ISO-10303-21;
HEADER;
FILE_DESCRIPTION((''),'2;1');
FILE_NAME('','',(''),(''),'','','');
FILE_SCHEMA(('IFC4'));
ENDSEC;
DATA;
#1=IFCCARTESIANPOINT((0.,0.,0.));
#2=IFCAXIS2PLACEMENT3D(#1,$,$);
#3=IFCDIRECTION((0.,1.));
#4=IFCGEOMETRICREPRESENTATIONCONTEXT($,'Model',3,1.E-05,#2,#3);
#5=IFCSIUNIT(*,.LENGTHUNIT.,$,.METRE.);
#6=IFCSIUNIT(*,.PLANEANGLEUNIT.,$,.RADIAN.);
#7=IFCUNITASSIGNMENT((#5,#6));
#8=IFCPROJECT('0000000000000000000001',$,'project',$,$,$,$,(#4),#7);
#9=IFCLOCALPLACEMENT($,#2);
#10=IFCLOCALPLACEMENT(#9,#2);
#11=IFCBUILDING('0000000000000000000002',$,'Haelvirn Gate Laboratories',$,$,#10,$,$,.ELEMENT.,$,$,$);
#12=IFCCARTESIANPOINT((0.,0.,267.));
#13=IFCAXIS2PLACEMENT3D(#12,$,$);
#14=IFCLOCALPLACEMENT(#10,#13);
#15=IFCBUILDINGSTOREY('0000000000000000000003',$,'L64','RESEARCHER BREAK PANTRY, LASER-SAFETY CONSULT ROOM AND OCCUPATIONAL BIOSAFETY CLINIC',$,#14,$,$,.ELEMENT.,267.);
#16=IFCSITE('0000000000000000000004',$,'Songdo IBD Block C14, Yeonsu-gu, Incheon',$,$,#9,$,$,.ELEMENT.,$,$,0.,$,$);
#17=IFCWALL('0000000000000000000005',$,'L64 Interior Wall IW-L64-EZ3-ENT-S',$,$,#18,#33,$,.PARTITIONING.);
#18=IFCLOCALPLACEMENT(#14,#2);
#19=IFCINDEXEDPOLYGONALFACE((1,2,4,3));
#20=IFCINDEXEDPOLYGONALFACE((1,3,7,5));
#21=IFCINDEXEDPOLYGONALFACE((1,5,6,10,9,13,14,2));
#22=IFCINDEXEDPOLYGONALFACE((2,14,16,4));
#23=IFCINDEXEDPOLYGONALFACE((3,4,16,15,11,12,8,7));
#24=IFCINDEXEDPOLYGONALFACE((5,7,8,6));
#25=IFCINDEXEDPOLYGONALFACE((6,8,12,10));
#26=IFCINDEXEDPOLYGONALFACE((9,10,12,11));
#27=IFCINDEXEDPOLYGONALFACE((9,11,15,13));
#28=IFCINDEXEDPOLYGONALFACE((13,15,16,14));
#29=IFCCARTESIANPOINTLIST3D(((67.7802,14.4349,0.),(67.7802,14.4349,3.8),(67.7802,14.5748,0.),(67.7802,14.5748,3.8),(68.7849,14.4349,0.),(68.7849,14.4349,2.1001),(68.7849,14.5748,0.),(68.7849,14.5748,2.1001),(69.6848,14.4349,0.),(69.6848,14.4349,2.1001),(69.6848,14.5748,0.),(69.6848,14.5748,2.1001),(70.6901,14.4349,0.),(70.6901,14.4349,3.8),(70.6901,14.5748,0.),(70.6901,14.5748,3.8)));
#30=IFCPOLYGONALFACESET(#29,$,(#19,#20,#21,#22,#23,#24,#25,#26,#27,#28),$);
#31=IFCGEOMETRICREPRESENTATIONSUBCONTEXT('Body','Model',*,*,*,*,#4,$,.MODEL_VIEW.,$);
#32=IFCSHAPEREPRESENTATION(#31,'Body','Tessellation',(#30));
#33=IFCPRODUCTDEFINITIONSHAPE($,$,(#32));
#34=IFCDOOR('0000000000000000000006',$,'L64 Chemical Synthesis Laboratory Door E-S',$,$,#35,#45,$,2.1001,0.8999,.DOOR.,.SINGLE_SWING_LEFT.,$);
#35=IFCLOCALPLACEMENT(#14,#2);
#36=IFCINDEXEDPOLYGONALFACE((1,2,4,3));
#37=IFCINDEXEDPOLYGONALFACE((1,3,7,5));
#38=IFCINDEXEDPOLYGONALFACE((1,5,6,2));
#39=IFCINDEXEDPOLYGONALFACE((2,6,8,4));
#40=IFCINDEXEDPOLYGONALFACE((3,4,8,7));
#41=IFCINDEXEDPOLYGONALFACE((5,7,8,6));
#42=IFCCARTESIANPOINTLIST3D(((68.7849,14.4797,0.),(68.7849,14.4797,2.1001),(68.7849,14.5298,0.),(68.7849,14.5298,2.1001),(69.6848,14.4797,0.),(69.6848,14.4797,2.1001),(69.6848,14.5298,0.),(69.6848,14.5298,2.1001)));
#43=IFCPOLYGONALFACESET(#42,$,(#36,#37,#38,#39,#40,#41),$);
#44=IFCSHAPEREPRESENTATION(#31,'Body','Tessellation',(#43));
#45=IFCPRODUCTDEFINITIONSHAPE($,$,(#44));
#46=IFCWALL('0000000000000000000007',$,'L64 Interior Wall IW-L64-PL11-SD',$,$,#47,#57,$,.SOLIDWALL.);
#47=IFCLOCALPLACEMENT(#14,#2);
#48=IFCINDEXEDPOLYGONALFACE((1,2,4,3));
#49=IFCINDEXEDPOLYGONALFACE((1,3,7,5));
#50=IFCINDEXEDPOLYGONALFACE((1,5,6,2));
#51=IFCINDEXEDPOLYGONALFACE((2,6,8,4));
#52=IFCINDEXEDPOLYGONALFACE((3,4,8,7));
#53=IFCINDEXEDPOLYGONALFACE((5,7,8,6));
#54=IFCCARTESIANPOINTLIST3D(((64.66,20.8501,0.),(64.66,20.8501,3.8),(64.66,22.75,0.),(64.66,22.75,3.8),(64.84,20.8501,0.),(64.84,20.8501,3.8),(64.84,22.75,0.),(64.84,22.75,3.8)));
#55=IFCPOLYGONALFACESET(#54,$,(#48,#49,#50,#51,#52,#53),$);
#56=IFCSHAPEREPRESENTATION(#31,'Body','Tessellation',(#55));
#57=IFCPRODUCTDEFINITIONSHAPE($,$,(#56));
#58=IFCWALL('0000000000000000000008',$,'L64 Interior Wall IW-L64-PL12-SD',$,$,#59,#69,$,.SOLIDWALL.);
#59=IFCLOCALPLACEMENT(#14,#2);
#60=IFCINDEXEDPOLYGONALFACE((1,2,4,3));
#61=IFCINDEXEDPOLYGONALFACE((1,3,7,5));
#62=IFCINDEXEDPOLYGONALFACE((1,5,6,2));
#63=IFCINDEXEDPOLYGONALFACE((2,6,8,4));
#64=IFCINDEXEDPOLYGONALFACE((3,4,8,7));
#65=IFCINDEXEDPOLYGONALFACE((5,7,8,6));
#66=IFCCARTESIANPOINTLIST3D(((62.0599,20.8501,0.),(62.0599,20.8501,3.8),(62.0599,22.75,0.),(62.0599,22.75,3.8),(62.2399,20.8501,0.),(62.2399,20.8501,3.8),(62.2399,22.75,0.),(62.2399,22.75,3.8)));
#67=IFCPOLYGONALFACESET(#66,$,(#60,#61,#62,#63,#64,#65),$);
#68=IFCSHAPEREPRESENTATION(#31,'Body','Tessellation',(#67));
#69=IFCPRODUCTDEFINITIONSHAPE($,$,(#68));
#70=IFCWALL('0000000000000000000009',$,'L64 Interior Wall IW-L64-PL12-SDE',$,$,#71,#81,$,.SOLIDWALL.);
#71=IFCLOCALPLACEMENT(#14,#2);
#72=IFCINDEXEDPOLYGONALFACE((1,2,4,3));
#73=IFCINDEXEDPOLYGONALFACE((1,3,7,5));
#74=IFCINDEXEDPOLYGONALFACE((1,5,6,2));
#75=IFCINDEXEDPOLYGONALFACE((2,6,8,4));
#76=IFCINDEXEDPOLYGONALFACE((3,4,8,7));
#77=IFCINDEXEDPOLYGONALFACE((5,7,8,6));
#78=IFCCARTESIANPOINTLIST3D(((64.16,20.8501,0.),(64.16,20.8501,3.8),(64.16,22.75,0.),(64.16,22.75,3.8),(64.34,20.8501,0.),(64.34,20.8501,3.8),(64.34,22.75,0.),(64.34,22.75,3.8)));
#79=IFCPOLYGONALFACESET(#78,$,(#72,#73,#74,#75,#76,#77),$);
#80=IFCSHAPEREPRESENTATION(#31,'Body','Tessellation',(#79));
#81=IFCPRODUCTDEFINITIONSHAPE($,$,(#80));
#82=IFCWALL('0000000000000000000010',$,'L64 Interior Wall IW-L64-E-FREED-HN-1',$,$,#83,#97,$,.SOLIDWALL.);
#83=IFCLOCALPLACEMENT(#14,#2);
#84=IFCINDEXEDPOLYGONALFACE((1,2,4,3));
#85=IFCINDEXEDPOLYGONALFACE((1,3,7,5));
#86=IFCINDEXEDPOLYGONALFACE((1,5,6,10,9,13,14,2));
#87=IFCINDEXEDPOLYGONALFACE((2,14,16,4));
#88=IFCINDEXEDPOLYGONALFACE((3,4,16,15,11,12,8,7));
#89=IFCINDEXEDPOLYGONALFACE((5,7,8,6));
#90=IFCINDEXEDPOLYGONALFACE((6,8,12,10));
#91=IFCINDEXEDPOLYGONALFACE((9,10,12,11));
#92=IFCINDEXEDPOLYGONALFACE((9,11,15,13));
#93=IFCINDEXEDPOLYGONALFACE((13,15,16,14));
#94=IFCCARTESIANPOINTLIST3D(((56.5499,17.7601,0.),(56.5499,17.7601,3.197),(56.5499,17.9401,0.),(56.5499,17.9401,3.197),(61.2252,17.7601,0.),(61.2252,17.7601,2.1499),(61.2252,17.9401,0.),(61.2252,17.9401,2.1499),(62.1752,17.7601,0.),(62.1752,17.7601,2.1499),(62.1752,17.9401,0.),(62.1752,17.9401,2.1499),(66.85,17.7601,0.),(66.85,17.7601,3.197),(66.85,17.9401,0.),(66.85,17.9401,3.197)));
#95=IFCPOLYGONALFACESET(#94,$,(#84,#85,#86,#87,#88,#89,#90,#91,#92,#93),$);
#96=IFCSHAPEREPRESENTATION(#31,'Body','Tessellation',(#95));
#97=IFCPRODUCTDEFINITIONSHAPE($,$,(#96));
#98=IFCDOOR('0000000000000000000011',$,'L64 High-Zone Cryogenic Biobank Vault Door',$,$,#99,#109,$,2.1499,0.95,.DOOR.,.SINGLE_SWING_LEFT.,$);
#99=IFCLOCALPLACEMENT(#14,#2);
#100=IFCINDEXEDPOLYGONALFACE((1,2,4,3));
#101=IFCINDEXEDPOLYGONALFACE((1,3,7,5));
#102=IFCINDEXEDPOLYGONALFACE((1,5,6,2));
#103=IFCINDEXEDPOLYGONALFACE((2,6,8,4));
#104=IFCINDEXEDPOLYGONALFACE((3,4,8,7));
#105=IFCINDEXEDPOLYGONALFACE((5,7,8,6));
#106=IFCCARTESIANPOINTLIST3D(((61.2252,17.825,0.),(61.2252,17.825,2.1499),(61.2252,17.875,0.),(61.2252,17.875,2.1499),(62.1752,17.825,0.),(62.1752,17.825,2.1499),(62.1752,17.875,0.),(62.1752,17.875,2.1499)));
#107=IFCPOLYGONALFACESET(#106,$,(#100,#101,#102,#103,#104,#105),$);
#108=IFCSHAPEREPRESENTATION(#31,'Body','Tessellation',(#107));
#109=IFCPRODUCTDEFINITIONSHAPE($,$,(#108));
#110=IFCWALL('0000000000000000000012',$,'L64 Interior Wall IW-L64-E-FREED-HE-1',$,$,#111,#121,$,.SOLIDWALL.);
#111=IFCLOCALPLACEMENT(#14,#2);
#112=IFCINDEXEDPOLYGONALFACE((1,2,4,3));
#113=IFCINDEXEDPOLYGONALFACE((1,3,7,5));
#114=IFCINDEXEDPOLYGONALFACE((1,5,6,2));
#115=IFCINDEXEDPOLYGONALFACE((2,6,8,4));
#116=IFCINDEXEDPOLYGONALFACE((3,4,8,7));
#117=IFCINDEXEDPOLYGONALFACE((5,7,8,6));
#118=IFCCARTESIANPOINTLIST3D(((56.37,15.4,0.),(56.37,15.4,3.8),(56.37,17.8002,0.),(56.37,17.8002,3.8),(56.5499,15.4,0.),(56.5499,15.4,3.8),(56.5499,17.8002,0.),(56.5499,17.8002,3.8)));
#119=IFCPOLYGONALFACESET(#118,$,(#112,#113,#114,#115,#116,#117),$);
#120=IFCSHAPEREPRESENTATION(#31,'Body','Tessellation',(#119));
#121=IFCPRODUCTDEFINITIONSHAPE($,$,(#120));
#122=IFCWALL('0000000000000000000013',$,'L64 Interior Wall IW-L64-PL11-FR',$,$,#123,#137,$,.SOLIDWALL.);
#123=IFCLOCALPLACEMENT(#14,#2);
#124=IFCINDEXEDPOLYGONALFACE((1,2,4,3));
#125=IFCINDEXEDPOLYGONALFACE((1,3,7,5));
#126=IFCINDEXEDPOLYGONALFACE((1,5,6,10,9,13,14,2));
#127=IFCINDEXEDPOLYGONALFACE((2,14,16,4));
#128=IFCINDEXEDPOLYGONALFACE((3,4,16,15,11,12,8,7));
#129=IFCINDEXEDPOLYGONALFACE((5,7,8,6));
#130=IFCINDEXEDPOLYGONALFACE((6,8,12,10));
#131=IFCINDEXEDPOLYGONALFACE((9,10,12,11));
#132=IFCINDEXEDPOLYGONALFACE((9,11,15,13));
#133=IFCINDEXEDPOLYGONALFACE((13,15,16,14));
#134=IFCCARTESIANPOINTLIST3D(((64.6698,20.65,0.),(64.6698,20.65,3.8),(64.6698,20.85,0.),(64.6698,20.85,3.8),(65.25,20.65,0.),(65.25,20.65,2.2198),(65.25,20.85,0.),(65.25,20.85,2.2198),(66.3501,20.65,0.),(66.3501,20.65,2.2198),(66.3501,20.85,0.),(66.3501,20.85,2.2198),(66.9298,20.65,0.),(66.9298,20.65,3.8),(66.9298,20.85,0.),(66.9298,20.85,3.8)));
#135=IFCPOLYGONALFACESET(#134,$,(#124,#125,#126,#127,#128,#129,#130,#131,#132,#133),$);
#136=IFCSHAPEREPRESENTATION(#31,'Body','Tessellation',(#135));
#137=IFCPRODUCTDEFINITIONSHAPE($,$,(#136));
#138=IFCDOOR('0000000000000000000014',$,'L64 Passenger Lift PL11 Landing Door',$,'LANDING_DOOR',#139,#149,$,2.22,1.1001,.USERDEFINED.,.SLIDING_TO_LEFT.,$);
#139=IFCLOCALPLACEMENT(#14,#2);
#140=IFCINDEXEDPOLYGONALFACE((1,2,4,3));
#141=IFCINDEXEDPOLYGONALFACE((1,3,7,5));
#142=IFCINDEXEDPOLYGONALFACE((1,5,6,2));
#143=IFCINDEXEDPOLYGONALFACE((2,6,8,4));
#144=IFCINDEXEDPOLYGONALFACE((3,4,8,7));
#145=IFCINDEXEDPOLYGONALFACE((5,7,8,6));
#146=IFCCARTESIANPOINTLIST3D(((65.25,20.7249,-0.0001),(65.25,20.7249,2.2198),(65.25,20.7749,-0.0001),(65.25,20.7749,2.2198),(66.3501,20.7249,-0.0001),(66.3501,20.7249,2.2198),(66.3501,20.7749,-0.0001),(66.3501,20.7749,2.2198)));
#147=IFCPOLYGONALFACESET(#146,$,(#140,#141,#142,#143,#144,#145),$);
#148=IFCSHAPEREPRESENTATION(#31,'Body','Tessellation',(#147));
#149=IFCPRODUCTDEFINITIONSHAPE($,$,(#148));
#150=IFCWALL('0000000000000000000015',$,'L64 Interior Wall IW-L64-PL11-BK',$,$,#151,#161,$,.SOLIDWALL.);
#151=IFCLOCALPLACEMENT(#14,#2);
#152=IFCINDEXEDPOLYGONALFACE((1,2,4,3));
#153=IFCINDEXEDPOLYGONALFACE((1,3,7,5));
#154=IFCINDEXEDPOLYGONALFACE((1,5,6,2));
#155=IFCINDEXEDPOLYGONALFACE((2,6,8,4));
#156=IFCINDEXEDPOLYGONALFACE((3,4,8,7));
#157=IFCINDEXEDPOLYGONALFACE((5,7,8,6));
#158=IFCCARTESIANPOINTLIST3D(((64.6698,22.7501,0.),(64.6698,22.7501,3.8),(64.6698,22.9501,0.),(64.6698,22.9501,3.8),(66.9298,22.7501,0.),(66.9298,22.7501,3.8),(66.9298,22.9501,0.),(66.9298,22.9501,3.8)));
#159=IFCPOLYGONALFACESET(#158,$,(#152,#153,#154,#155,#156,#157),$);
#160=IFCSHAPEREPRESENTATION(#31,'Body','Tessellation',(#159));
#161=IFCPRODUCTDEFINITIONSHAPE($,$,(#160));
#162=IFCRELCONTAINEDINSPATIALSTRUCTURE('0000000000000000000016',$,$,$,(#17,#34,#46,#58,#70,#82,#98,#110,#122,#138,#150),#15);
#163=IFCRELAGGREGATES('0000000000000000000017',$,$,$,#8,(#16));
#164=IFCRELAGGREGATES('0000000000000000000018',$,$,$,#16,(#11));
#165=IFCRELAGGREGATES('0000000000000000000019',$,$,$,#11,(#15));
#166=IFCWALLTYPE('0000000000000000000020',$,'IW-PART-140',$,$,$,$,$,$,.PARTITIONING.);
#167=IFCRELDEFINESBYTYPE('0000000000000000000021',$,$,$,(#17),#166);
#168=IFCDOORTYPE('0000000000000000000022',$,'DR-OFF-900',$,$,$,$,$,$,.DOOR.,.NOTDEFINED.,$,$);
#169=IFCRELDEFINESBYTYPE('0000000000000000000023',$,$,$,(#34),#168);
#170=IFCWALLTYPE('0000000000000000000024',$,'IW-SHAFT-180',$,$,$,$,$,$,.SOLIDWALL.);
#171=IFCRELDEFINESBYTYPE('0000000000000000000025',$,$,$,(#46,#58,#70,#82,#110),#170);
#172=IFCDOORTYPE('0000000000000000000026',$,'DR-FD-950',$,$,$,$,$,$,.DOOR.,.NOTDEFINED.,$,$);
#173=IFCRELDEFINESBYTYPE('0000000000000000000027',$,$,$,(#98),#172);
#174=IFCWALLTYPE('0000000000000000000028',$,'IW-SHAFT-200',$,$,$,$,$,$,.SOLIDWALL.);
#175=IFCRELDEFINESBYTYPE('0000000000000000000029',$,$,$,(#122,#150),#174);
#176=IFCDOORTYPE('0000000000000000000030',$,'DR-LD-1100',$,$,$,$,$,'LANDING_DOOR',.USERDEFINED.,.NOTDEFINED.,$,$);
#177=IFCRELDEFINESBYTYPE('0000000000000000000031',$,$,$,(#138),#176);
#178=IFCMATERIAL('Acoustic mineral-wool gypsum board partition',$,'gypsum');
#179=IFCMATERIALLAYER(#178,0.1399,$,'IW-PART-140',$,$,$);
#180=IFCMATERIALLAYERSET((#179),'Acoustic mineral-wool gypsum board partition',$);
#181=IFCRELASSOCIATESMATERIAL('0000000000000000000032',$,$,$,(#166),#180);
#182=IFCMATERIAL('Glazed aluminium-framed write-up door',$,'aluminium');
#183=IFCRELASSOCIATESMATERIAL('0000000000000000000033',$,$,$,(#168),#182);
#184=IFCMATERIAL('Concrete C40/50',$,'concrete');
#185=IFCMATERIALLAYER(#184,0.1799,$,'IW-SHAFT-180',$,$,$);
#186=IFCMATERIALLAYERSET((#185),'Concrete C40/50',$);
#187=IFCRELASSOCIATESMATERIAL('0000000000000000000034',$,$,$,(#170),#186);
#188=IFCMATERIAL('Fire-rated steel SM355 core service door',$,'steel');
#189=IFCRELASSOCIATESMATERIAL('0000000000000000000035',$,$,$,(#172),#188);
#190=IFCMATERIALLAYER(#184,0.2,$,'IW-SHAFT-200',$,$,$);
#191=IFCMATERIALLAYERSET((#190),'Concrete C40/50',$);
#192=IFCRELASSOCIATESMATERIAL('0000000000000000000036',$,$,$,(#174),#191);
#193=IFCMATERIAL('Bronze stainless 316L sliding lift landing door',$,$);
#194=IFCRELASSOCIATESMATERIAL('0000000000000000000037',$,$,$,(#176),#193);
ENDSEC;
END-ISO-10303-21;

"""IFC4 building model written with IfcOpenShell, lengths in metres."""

from ifc_helpers import new_model, si_unit, direction, frame, frame_2d, origin, place, context, subcontext, project, spatial, rectangle, extrude, source, transform, mapped, material, layer, layer_set, type_object, type_shapes, element, fill, save


model = new_model("IFC4")

# Units and contexts
model_context = context("Model", 3, precision=1e-05, world=origin(), true_north=direction((0.0, 1.0)))
body_context = subcontext(model_context, "Body", "Model", "MODEL_VIEW")
ifc_project = project(units=[si_unit("LENGTHUNIT", "METRE"), si_unit("PLANEANGLEUNIT", "RADIAN")], contexts=[model_context])

# Site, building, storey
site_placement = place(None, origin())
site = spatial("IfcSite", under=ifc_project, at=site_placement, Name="Songdo IBD Block C14, Yeonsu-gu, Incheon", CompositionType="ELEMENT", RefElevation=0.0)
building_placement = place(site_placement, origin())
building = spatial("IfcBuilding", under=site, at=building_placement, Name="Haelvirn Gate Laboratories", CompositionType="ELEMENT")
storey_placement = place(building_placement, frame((0.0, 0.0, 267.0)))
storey = spatial("IfcBuildingStorey", under=building, at=storey_placement, Name="L64", Description="RESEARCHER BREAK PANTRY, LASER-SAFETY CONSULT ROOM AND OCCUPATIONAL BIOSAFETY CLINIC", CompositionType="ELEMENT", Elevation=267.0)

# Shared definitions
ifc_material_1 = material(Name="Acoustic mineral-wool gypsum board partition", Category="gypsum")
ifc_layer_1 = layer(ifc_material_1, 0.1399, Name="IW-PART-140")
ifc_layer_set_1 = layer_set([ifc_layer_1], Name="Acoustic mineral-wool gypsum board partition")
wall_type_1 = type_object("IfcWallType", Name="IW-PART-140", PredefinedType="PARTITIONING", material=ifc_layer_set_1)

# Wall, opening, door
wall_1_placement = place(storey_placement, frame((67.78, 14.5049, 0.0), z_axis=(0.0, 0.0, 1.0), x_axis=(1.0, 0.0, 0.0)))
wall_1 = element("IfcWall", 1, at=wall_1_placement, inside=storey, type_object=wall_type_1, Name="L64 Interior Wall IW-L64-EZ3-ENT-S", PredefinedType="PARTITIONING", context=body_context, shape_type="SweptSolid", body=[
    extrude(rectangle(XDim=2.9099, YDim=0.1399, at=frame_2d((1.4551, 0.0))), origin(), (0.0, 0.0, 1.0), 3.8),
])
opening_1_placement = place(wall_1_placement, frame((1.0049, 0.0, 0.0)))
opening_1 = element("IfcOpeningElement", 2, at=opening_1_placement, cuts=wall_1, PredefinedType="OPENING", context=body_context, shape_type="SweptSolid", body=[
    extrude(rectangle(XDim=0.8999, YDim=2.1001, at=frame_2d((0.45, 1.05))), frame((0.0, 0.0801, 0.0), z_axis=(0.0, -1.0, 0.0), x_axis=(1.0, 0.0, 0.0)), (0.0, 0.0, 1.0), 0.1599),
])
ifc_material_2 = material(Name="Glazed aluminium-framed write-up door", Category="aluminium")
door_type_1 = type_object("IfcDoorType", Name="DR-OFF-900", OperationType="NOTDEFINED", PredefinedType="DOOR", material=ifc_material_2)
shared_shape_1 = source(origin(), body_context, "Body", "SweptSolid", [
    extrude(rectangle(XDim=0.8999, YDim=2.1001, at=frame_2d((0.45, 1.05))), frame((0.0, 0.0249, 0.0), z_axis=(0.0, -1.0, 0.0), x_axis=(1.0, 0.0, 0.0)), (0.0, 0.0, 1.0), 0.05),
])
type_shapes(door_type_1, [shared_shape_1])
door_1_placement = place(opening_1_placement, origin())
door_1 = element("IfcDoor", 3, at=door_1_placement, inside=storey, type_object=door_type_1, Name="L64 Chemical Synthesis Laboratory Door E-S", OperationType="SINGLE_SWING_LEFT", OverallHeight=2.1001, OverallWidth=0.8999, PredefinedType="DOOR", context=body_context, shape_type="MappedRepresentation", body=[
    mapped(shared_shape_1, transform((0.0, 0.0, 0.0), scale=1.0)),
])
fill(opening_1, door_1)

# Walls
ifc_material_3 = material(Name="Concrete C40/50", Category="concrete")
ifc_layer_2 = layer(ifc_material_3, 0.1799, Name="IW-SHAFT-180")
ifc_layer_set_2 = layer_set([ifc_layer_2], Name="Concrete C40/50")
wall_type_2 = type_object("IfcWallType", Name="IW-SHAFT-180", PredefinedType="SOLIDWALL", material=ifc_layer_set_2)
for number, where, z_axis, x_axis, name in (
    (4, (64.75, 20.8501, 0.0), (0.0, 0.0, 1.0), (0.0, 1.0, 0.0), "L64 Interior Wall IW-L64-PL11-SD"),
    (5, (62.1499, 20.8501, 0.0), (0.0, 0.0, 1.0), (0.0, 1.0, 0.0), "L64 Interior Wall IW-L64-PL12-SD"),
    (6, (64.25, 20.8501, 0.0), (0.0, 0.0, 1.0), (0.0, 1.0, 0.0), "L64 Interior Wall IW-L64-PL12-SDE"),
):
    element("IfcWall", number, at=place(storey_placement, frame(where, z_axis=z_axis, x_axis=x_axis)), inside=storey, type_object=wall_type_2, Name=name, PredefinedType="SOLIDWALL", context=body_context, shape_type="SweptSolid", body=[
        extrude(rectangle(XDim=1.8999, YDim=0.1799, at=frame_2d((0.95, 0.0))), origin(), (0.0, 0.0, 1.0), 3.8),
    ])

# Wall, opening, door
wall_2_placement = place(storey_placement, frame((56.55, 17.8501, 0.0), z_axis=(0.0, 0.0, 1.0), x_axis=(1.0, 0.0, 0.0)))
wall_2 = element("IfcWall", 7, at=wall_2_placement, inside=storey, type_object=wall_type_2, Name="L64 Interior Wall IW-L64-E-FREED-HN-1", PredefinedType="SOLIDWALL", context=body_context, shape_type="SweptSolid", body=[
    extrude(rectangle(XDim=10.3, YDim=0.1799, at=frame_2d((5.1499, 0.0))), origin(), (0.0, 0.0, 1.0), 3.197),
])
opening_2_placement = place(wall_2_placement, frame((4.675, 0.0, 0.0)))
opening_2 = element("IfcOpeningElement", 8, at=opening_2_placement, cuts=wall_2, PredefinedType="OPENING", context=body_context, shape_type="SweptSolid", body=[
    extrude(rectangle(XDim=0.95, YDim=2.1499, at=frame_2d((0.4751, 1.075))), frame((0.0, 0.1001, 0.0), z_axis=(0.0, -1.0, 0.0), x_axis=(1.0, 0.0, 0.0)), (0.0, 0.0, 1.0), 0.2),
])
ifc_material_4 = material(Name="Fire-rated steel SM355 core service door", Category="steel")
door_type_2 = type_object("IfcDoorType", Name="DR-FD-950", OperationType="NOTDEFINED", PredefinedType="DOOR", material=ifc_material_4)
shared_shape_2 = source(origin(), body_context, "Body", "SweptSolid", [
    extrude(rectangle(XDim=0.95, YDim=2.1499, at=frame_2d((0.4751, 1.075))), frame((0.0, 0.0249, 0.0), z_axis=(0.0, -1.0, 0.0), x_axis=(1.0, 0.0, 0.0)), (0.0, 0.0, 1.0), 0.05),
])
type_shapes(door_type_2, [shared_shape_2])
door_2_placement = place(opening_2_placement, origin())
door_2 = element("IfcDoor", 9, at=door_2_placement, inside=storey, type_object=door_type_2, Name="L64 High-Zone Cryogenic Biobank Vault Door", OperationType="SINGLE_SWING_LEFT", OverallHeight=2.1499, OverallWidth=0.95, PredefinedType="DOOR", context=body_context, shape_type="MappedRepresentation", body=[
    mapped(shared_shape_2, transform((0.0, 0.0, 0.0), scale=1.0)),
])
fill(opening_2, door_2)

# Wall
wall_3_placement = place(storey_placement, frame((56.46, 15.3999, 0.0), z_axis=(0.0, 0.0, 1.0), x_axis=(0.0, 1.0, 0.0)))
element("IfcWall", 10, at=wall_3_placement, inside=storey, type_object=wall_type_2, Name="L64 Interior Wall IW-L64-E-FREED-HE-1", PredefinedType="SOLIDWALL", context=body_context, shape_type="SweptSolid", body=[
    extrude(rectangle(XDim=2.4001, YDim=0.1799, at=frame_2d((1.2002, 0.0))), origin(), (0.0, 0.0, 1.0), 3.8),
])

# Wall, opening, door
ifc_layer_3 = layer(ifc_material_3, 0.2, Name="IW-SHAFT-200")
ifc_layer_set_3 = layer_set([ifc_layer_3], Name="Concrete C40/50")
wall_type_3 = type_object("IfcWallType", Name="IW-SHAFT-200", PredefinedType="SOLIDWALL", material=ifc_layer_set_3)
wall_4_placement = place(storey_placement, frame((64.6699, 20.75, 0.0), z_axis=(0.0, 0.0, 1.0), x_axis=(1.0, 0.0, 0.0)))
wall_4 = element("IfcWall", 11, at=wall_4_placement, inside=storey, type_object=wall_type_3, Name="L64 Interior Wall IW-L64-PL11-FR", PredefinedType="SOLIDWALL", context=body_context, shape_type="SweptSolid", body=[
    extrude(rectangle(XDim=2.26, YDim=0.2, at=frame_2d((1.1299, 0.0))), origin(), (0.0, 0.0, 1.0), 3.8),
])
opening_3_placement = place(wall_4_placement, frame((0.5801, 0.0, 0.0)))
opening_3 = element("IfcOpeningElement", 12, at=opening_3_placement, cuts=wall_4, PredefinedType="OPENING", context=body_context, shape_type="SweptSolid", body=[
    extrude(rectangle(XDim=1.1001, YDim=2.22, at=frame_2d((0.55, 1.1099))), frame((0.0, 0.1099, 0.0), z_axis=(0.0, -1.0, 0.0), x_axis=(1.0, 0.0, 0.0)), (0.0, 0.0, 1.0), 0.22),
])
ifc_material_5 = material(Name="Bronze stainless 316L sliding lift landing door")
door_type_3 = type_object("IfcDoorType", Name="DR-LD-1100", ElementType="LANDING_DOOR", OperationType="NOTDEFINED", PredefinedType="USERDEFINED", material=ifc_material_5)
shared_shape_3 = source(origin(), body_context, "Body", "SweptSolid", [
    extrude(rectangle(XDim=1.1001, YDim=2.22, at=frame_2d((0.55, 1.1099))), frame((0.0, 0.0249, 0.0), z_axis=(0.0, -1.0, 0.0), x_axis=(1.0, 0.0, 0.0)), (0.0, 0.0, 1.0), 0.05),
])
type_shapes(door_type_3, [shared_shape_3])
door_3_placement = place(opening_3_placement, origin())
door_3 = element("IfcDoor", 13, at=door_3_placement, inside=storey, type_object=door_type_3, Name="L64 Passenger Lift PL11 Landing Door", ObjectType="LANDING_DOOR", OperationType="SLIDING_TO_LEFT", OverallHeight=2.22, OverallWidth=1.1001, PredefinedType="USERDEFINED", context=body_context, shape_type="MappedRepresentation", body=[
    mapped(shared_shape_3, transform((0.0, 0.0, 0.0), scale=1.0)),
])
fill(opening_3, door_3)

# Wall
wall_5_placement = place(storey_placement, frame((64.6699, 22.8501, 0.0), z_axis=(0.0, 0.0, 1.0), x_axis=(1.0, 0.0, 0.0)))
element("IfcWall", 14, at=wall_5_placement, inside=storey, type_object=wall_type_3, Name="L64 Interior Wall IW-L64-PL11-BK", PredefinedType="SOLIDWALL", context=body_context, shape_type="SweptSolid", body=[
    extrude(rectangle(XDim=2.26, YDim=0.2, at=frame_2d((1.1299, 0.0))), origin(), (0.0, 0.0, 1.0), 3.8),
])

save(model, "model.ifc")
